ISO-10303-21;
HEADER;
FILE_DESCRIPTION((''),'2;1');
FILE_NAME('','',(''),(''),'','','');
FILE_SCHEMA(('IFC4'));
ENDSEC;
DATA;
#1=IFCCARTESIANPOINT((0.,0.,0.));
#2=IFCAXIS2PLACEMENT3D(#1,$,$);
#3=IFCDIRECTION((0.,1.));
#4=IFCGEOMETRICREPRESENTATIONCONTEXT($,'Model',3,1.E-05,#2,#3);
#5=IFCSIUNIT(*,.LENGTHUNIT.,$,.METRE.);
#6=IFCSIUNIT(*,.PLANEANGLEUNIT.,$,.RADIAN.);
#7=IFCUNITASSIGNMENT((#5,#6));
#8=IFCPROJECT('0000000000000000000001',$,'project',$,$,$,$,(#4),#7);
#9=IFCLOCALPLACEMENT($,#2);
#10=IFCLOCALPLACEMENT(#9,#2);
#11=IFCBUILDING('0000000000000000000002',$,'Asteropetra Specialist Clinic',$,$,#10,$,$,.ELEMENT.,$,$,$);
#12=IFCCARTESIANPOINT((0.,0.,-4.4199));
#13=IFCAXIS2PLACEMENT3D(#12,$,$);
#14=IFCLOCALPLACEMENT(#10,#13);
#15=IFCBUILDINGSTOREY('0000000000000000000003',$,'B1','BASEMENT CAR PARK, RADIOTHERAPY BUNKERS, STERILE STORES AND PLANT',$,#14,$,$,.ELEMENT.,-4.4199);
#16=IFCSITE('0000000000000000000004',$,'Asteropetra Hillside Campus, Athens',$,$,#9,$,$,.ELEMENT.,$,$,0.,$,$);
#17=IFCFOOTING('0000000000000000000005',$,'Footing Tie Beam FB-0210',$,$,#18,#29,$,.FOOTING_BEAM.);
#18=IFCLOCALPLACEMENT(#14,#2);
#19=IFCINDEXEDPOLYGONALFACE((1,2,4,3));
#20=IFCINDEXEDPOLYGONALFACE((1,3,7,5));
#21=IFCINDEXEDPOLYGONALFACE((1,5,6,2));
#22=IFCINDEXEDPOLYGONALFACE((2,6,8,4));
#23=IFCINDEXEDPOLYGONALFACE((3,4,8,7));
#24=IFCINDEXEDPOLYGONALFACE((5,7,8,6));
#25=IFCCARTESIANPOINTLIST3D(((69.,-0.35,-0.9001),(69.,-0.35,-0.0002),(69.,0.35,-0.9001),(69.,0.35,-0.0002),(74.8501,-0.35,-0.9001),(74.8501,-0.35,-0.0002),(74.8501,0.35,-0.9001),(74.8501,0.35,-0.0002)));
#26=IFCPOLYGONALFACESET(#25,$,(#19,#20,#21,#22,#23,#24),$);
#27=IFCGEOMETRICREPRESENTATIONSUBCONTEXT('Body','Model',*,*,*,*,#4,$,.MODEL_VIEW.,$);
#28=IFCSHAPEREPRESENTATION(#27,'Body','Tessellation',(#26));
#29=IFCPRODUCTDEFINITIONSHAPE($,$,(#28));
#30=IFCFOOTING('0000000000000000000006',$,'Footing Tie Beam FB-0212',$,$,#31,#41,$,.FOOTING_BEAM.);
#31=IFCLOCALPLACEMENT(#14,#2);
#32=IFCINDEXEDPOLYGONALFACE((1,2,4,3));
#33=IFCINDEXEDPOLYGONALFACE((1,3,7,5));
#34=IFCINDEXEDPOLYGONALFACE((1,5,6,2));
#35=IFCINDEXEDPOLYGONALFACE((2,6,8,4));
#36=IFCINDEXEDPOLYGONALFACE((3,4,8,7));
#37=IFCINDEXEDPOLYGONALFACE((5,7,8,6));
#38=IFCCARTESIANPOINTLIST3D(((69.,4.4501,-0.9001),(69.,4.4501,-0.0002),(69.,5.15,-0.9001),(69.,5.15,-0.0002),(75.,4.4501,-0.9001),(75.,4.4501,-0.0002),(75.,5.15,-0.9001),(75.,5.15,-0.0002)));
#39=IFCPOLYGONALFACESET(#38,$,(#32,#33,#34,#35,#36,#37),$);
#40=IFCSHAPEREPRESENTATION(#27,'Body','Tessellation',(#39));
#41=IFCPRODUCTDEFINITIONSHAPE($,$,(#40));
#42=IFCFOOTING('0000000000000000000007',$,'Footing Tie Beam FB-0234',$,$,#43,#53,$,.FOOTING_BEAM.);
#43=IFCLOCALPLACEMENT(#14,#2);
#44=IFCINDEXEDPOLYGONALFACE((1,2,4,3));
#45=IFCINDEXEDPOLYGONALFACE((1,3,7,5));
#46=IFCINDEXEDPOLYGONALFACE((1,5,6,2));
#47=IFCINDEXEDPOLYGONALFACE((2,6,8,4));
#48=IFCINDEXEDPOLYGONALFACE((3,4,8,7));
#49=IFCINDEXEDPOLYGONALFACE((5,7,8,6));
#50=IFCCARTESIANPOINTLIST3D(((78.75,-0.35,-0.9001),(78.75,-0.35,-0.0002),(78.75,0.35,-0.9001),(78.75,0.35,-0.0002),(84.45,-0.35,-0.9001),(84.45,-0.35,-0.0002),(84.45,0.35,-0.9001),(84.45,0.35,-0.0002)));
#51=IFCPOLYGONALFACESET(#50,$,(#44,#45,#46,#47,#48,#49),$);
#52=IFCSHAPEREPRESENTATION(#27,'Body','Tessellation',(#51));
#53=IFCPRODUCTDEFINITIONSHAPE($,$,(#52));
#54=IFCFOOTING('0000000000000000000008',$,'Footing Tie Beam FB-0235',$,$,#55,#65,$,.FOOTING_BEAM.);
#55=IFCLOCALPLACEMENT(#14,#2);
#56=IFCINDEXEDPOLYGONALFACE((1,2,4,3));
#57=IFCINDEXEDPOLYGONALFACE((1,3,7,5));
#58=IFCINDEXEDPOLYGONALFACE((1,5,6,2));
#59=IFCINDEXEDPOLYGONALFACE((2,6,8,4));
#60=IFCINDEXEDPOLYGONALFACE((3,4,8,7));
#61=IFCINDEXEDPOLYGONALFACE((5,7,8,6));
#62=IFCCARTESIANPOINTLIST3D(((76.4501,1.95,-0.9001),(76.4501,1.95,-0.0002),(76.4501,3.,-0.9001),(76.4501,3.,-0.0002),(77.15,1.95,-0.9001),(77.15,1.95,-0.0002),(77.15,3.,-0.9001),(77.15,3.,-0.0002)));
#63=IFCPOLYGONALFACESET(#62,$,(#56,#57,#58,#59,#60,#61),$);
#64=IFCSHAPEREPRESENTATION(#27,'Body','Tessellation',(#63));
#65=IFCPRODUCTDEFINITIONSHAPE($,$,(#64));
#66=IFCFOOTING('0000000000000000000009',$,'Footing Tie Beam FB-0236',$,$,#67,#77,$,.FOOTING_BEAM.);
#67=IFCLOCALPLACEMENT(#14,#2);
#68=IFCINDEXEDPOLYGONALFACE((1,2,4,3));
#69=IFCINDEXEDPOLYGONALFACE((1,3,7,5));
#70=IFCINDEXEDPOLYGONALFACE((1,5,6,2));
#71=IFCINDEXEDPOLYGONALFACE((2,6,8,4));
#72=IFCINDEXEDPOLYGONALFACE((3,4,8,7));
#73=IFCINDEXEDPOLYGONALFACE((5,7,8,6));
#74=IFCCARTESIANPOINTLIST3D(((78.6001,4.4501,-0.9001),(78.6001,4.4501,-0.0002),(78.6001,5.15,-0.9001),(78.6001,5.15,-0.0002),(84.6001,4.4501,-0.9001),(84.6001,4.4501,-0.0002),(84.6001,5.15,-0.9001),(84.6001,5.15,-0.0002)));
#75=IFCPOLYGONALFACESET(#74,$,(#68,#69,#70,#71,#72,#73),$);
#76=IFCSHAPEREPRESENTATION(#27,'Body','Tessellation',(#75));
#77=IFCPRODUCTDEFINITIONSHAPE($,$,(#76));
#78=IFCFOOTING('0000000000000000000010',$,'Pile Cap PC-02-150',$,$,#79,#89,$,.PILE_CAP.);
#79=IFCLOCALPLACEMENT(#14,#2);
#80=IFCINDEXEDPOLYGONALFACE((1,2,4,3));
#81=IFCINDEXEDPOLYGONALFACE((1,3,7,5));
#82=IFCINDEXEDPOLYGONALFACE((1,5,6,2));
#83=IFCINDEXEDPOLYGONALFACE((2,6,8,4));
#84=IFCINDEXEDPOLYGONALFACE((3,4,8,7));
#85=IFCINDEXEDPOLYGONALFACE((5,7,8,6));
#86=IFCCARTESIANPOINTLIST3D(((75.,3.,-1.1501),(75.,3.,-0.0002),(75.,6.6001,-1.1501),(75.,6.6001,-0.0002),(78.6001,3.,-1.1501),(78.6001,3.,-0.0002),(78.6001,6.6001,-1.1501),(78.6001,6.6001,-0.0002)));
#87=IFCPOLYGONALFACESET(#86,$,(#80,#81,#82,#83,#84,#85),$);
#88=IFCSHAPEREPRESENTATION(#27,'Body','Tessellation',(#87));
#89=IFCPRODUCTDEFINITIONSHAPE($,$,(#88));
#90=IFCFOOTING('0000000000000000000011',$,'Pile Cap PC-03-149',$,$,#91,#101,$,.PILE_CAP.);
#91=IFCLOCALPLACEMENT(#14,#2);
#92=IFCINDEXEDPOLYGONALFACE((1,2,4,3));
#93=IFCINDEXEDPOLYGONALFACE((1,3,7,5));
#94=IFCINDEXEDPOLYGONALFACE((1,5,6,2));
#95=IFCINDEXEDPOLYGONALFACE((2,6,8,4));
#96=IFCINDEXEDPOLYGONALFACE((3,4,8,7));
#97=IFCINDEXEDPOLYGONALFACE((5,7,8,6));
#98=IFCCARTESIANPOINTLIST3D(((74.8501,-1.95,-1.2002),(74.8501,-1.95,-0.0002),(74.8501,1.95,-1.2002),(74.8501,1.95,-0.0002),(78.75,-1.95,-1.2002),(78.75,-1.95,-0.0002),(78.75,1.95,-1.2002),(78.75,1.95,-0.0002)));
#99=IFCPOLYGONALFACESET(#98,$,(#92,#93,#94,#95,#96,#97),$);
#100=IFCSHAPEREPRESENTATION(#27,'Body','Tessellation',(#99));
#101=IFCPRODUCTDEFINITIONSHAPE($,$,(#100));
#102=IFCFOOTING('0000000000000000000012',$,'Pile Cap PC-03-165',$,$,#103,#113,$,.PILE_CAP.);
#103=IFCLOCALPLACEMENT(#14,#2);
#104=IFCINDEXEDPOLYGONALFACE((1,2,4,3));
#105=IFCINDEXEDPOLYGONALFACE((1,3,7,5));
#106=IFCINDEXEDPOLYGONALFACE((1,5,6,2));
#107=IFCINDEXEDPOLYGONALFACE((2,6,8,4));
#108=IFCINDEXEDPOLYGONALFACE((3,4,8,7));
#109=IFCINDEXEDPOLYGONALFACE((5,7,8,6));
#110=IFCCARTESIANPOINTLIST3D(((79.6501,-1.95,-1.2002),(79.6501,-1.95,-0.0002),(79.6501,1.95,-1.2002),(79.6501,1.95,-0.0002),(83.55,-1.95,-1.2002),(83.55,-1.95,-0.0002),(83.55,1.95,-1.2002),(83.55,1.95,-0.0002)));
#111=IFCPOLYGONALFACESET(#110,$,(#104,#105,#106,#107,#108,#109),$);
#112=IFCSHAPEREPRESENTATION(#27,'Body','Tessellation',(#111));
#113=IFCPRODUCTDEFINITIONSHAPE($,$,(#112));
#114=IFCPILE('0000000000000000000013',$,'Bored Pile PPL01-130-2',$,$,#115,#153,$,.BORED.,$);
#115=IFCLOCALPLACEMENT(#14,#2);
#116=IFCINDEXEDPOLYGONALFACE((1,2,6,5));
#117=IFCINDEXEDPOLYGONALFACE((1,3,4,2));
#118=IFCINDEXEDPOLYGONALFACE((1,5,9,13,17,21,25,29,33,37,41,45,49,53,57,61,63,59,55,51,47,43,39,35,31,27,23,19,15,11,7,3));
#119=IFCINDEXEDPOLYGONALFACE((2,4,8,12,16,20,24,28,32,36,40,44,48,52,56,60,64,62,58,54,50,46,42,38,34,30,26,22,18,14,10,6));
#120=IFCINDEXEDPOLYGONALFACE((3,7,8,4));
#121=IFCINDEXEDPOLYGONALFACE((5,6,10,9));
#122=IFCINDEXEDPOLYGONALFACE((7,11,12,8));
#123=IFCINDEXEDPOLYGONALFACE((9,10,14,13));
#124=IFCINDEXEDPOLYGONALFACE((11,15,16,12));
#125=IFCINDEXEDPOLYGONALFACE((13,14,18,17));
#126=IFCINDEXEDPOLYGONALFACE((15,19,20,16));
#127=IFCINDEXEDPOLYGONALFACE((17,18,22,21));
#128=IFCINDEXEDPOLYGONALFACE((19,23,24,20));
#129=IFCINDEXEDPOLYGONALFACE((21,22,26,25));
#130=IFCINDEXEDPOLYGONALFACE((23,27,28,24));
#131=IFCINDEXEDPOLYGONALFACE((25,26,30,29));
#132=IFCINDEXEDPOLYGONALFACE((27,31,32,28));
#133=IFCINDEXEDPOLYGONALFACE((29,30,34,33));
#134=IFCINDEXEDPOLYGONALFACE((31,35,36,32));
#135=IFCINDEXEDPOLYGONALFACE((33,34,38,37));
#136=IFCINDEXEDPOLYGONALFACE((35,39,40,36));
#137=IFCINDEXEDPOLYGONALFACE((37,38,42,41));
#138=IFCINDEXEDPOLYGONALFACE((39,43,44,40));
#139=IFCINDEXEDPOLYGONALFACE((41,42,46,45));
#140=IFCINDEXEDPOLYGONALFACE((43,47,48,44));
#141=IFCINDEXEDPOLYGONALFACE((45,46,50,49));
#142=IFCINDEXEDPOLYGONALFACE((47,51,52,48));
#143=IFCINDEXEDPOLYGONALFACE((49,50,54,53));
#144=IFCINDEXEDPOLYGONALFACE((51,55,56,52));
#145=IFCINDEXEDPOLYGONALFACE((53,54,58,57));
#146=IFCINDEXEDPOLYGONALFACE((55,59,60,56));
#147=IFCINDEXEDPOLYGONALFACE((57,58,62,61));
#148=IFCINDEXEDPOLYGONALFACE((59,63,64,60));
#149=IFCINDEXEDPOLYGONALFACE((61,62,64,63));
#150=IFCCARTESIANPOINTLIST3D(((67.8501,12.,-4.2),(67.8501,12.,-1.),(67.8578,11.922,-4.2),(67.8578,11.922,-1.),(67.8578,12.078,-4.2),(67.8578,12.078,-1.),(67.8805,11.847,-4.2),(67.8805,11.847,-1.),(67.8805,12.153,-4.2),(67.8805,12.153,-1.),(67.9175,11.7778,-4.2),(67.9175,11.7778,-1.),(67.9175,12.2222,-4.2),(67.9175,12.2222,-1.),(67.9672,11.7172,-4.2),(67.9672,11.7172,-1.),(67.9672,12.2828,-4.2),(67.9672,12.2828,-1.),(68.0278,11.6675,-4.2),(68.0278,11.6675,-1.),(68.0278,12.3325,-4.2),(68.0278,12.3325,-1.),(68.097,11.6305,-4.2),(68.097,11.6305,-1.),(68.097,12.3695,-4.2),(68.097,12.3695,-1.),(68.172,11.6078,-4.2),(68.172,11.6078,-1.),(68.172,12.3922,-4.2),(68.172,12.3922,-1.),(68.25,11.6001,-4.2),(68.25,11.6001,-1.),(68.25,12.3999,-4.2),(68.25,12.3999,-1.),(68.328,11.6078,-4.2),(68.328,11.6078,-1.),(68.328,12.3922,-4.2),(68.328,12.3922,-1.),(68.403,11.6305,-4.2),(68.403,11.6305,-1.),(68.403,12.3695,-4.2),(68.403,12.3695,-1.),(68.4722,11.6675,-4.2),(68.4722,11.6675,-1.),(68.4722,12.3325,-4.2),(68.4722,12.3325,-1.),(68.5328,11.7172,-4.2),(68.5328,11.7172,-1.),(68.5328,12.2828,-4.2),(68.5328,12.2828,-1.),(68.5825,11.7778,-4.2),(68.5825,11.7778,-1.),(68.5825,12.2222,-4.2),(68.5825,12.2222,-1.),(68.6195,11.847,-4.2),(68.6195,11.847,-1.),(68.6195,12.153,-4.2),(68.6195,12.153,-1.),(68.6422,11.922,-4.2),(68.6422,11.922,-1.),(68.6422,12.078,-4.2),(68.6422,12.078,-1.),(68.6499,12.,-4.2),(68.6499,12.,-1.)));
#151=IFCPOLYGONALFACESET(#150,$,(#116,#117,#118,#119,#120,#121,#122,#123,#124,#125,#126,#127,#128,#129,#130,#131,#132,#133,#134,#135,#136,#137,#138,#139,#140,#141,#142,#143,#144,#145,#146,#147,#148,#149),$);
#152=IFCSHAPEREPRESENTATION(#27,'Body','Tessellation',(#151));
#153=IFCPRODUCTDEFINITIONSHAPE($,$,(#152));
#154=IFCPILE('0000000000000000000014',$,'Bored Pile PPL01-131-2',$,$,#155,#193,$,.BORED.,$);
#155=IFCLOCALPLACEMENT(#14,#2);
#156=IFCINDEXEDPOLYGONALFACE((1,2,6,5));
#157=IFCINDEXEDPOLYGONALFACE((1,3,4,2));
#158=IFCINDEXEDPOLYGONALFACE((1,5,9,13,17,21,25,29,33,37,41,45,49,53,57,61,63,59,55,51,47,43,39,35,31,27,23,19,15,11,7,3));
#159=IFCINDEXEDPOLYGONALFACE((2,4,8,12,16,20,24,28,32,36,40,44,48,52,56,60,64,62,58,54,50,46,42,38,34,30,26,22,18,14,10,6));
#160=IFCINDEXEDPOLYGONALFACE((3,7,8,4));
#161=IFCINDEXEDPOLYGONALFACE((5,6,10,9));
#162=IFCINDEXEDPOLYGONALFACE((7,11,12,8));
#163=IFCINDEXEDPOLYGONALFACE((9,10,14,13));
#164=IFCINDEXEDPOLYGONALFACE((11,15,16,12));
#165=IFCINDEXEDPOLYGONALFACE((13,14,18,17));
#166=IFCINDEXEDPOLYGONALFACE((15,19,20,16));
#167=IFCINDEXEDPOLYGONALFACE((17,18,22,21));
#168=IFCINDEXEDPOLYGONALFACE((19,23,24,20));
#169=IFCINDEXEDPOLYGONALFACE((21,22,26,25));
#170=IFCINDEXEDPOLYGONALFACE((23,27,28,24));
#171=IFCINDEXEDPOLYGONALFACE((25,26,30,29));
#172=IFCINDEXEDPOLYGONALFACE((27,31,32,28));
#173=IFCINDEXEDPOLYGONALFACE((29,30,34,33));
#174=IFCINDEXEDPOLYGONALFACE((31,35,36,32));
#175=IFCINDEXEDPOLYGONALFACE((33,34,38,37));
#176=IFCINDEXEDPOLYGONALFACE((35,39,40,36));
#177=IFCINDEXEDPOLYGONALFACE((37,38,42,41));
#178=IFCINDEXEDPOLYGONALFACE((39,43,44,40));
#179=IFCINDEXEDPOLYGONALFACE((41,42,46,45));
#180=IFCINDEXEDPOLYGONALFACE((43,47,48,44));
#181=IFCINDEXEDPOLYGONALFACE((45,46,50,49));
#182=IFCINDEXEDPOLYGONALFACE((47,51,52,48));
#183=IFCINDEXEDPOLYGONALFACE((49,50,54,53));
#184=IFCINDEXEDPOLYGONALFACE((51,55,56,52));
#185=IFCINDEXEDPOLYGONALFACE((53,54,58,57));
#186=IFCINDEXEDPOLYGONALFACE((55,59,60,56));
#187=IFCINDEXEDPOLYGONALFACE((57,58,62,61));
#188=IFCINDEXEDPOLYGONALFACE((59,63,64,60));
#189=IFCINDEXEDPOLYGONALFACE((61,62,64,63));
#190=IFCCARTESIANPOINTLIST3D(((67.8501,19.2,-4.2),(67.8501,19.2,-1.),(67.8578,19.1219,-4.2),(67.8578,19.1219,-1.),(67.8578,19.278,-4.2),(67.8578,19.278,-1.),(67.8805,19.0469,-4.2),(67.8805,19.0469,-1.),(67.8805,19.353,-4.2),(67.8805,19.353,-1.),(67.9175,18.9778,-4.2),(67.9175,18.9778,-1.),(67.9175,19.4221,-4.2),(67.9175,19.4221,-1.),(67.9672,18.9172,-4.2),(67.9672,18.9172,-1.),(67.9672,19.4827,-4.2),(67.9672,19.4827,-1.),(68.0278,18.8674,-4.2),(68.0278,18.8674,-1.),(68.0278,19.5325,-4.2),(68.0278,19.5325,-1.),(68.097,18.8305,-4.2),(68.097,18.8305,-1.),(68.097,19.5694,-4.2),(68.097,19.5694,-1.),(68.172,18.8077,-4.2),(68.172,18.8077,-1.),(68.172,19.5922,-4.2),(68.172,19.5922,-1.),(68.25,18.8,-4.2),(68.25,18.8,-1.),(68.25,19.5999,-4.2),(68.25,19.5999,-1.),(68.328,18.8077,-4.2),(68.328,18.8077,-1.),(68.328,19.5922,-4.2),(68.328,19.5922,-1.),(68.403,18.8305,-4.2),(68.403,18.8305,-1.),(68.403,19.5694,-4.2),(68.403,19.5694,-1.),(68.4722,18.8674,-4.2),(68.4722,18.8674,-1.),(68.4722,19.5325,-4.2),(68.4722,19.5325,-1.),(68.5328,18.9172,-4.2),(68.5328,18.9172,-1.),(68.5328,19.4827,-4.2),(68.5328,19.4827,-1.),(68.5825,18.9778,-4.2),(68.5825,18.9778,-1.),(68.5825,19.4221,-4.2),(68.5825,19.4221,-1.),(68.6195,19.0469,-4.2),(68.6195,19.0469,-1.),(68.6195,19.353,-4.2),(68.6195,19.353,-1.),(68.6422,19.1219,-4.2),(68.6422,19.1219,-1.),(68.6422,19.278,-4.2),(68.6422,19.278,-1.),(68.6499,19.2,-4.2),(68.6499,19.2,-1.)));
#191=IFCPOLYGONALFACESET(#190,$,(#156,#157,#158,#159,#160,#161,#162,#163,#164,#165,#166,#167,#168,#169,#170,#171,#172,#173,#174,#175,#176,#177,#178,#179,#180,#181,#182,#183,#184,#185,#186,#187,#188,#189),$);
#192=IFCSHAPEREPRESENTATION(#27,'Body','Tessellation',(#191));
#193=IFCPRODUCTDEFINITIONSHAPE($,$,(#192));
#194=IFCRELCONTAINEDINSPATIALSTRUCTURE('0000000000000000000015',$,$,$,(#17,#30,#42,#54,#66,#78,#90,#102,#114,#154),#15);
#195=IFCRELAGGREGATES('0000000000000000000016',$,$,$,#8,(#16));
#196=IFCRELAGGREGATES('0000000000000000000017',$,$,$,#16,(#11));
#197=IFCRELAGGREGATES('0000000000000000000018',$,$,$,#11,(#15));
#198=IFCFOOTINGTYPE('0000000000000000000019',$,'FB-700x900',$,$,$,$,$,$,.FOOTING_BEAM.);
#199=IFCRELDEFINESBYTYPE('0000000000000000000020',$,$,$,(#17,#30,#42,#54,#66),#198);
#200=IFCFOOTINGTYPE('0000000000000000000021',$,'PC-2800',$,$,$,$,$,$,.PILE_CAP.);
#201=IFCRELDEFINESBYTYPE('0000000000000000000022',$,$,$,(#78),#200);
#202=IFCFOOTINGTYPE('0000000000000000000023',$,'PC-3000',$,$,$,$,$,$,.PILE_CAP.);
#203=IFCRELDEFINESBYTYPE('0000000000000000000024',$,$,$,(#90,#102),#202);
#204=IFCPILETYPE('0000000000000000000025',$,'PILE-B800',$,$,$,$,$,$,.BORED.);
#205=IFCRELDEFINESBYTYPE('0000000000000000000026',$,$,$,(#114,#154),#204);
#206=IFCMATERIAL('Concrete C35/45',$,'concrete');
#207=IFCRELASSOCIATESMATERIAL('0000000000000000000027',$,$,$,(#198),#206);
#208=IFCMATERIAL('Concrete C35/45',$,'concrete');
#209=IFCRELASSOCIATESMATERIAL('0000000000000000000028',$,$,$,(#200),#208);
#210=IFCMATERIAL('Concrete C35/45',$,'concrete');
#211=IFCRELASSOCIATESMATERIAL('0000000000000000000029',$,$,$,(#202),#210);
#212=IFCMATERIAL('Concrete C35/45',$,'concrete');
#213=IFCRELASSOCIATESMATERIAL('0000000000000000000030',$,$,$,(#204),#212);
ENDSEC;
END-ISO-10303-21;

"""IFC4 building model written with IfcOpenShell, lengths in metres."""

from ifc_helpers import new_model, si_unit, direction, frame, origin, origin_2d, place, context, subcontext, project, spatial, rectangle, circle, extrude, material, material_profile, profile_set, type_object, element, save


model = new_model("IFC4")

# Units and contexts
model_context = context("Model", 3, precision=1e-05, world=origin(), true_north=direction((0.0, 1.0)))
body_context = subcontext(model_context, "Body", "Model", "MODEL_VIEW")
ifc_project = project(units=[si_unit("LENGTHUNIT", "METRE"), si_unit("PLANEANGLEUNIT", "RADIAN")], contexts=[model_context])

# Site, building, storey
site_placement = place(None, origin())
site = spatial("IfcSite", under=ifc_project, at=site_placement, Name="Asteropetra Hillside Campus, Athens", CompositionType="ELEMENT", RefElevation=0.0)
building_placement = place(site_placement, origin())
building = spatial("IfcBuilding", under=site, at=building_placement, Name="Asteropetra Specialist Clinic", CompositionType="ELEMENT")
storey_placement = place(building_placement, frame((0.0, 0.0, -4.4199)))
storey = spatial("IfcBuildingStorey", under=building, at=storey_placement, Name="B1", Description="BASEMENT CAR PARK, RADIOTHERAPY BUNKERS, STERILE STORES AND PLANT", CompositionType="ELEMENT", Elevation=-4.4199)

# Footings
ifc_material_1 = material(Name="Concrete C35/45", Category="concrete")
ifc_material_profile_1 = material_profile(ifc_material_1, rectangle(XDim=0.7, YDim=0.8999, at=origin_2d()), Name="FB 700x900")
ifc_profile_set_1 = profile_set([ifc_material_profile_1], Name="Concrete C35/45")
footing_type_1 = type_object("IfcFootingType", Name="FB-700x900", PredefinedType="FOOTING_BEAM", material=ifc_profile_set_1)
footing_1_placement = place(storey_placement, frame((69.0, 0.0, -0.4502), z_axis=(1.0, 0.0, 0.0), x_axis=(0.0, 1.0, 0.0)))
element("IfcFooting", 1, at=footing_1_placement, inside=storey, type_object=footing_type_1, Name="Footing Tie Beam FB-0210", PredefinedType="FOOTING_BEAM", context=body_context, shape_type="SweptSolid", body=[
    extrude(rectangle(XDim=0.7, YDim=0.8999, at=origin_2d()), origin(), (0.0, 0.0, 1.0), 5.8501),
])
footing_2_placement = place(storey_placement, frame((69.0, 4.8, -0.4502), z_axis=(1.0, 0.0, 0.0), x_axis=(0.0, 1.0, 0.0)))
element("IfcFooting", 2, at=footing_2_placement, inside=storey, type_object=footing_type_1, Name="Footing Tie Beam FB-0212", PredefinedType="FOOTING_BEAM", context=body_context, shape_type="SweptSolid", body=[
    extrude(rectangle(XDim=0.7, YDim=0.8999, at=origin_2d()), origin(), (0.0, 0.0, 1.0), 6.0),
])
footing_3_placement = place(storey_placement, frame((78.75, 0.0, -0.4502), z_axis=(1.0, 0.0, 0.0), x_axis=(0.0, 1.0, 0.0)))
element("IfcFooting", 3, at=footing_3_placement, inside=storey, type_object=footing_type_1, Name="Footing Tie Beam FB-0234", PredefinedType="FOOTING_BEAM", context=body_context, shape_type="SweptSolid", body=[
    extrude(rectangle(XDim=0.7, YDim=0.8999, at=origin_2d()), origin(), (0.0, 0.0, 1.0), 5.7),
])
footing_4_placement = place(storey_placement, frame((76.8, 1.95, -0.4502), z_axis=(0.0, 1.0, 0.0), x_axis=(-1.0, 0.0, 0.0)))
element("IfcFooting", 4, at=footing_4_placement, inside=storey, type_object=footing_type_1, Name="Footing Tie Beam FB-0235", PredefinedType="FOOTING_BEAM", context=body_context, shape_type="SweptSolid", body=[
    extrude(rectangle(XDim=0.7, YDim=0.8999, at=origin_2d()), origin(), (0.0, 0.0, 1.0), 1.05),
])
footing_5_placement = place(storey_placement, frame((78.6001, 4.8, -0.4502), z_axis=(1.0, 0.0, 0.0), x_axis=(0.0, 1.0, 0.0)))
element("IfcFooting", 5, at=footing_5_placement, inside=storey, type_object=footing_type_1, Name="Footing Tie Beam FB-0236", PredefinedType="FOOTING_BEAM", context=body_context, shape_type="SweptSolid", body=[
    extrude(rectangle(XDim=0.7, YDim=0.8999, at=origin_2d()), origin(), (0.0, 0.0, 1.0), 6.0),
])
ifc_material_2 = material(Name="Concrete C35/45", Category="concrete")
footing_type_2 = type_object("IfcFootingType", Name="PC-2800", PredefinedType="PILE_CAP", material=ifc_material_2)
footing_6_placement = place(storey_placement, frame((76.8, 4.8, -1.1501), z_axis=(0.0, 0.0, 1.0), x_axis=(1.0, 0.0, 0.0)))
element("IfcFooting", 6, at=footing_6_placement, inside=storey, type_object=footing_type_2, Name="Pile Cap PC-02-150", PredefinedType="PILE_CAP", context=body_context, shape_type="SweptSolid", body=[
    extrude(rectangle(XDim=3.6001, YDim=3.6001, at=origin_2d()), origin(), (0.0, 0.0, 1.0), 1.1499),
])
ifc_material_3 = material(Name="Concrete C35/45", Category="concrete")
footing_type_3 = type_object("IfcFootingType", Name="PC-3000", PredefinedType="PILE_CAP", material=ifc_material_3)
for number, where, z_axis, x_axis, name in (
    (7, (76.8, 0.0, -1.2002), (0.0, 0.0, 1.0), (1.0, 0.0, 0.0), "Pile Cap PC-03-149"),
    (8, (81.6001, 0.0, -1.2002), (0.0, 0.0, 1.0), (1.0, 0.0, 0.0), "Pile Cap PC-03-165"),
):
    element("IfcFooting", number, at=place(storey_placement, frame(where, z_axis=z_axis, x_axis=x_axis)), inside=storey, type_object=footing_type_3, Name=name, PredefinedType="PILE_CAP", context=body_context, shape_type="SweptSolid", body=[
        extrude(rectangle(XDim=3.8999, YDim=3.8999, at=origin_2d()), origin(), (0.0, 0.0, 1.0), 1.2),
    ])

# Piles
ifc_material_4 = material(Name="Concrete C35/45", Category="concrete")
ifc_material_profile_2 = material_profile(ifc_material_4, circle(Radius=0.3999, at=origin_2d()), Name="PILE D800")
ifc_profile_set_2 = profile_set([ifc_material_profile_2], Name="Concrete C35/45")
pile_type_1 = type_object("IfcPileType", Name="PILE-B800", PredefinedType="BORED", material=ifc_profile_set_2)
for number, where, z_axis, x_axis, name in (
    (9, (68.25, 12.0, -1.0), (0.0, 0.0, -1.0), (1.0, 0.0, 0.0), "Bored Pile PPL01-130-2"),
    (10, (68.25, 19.2, -1.0), (0.0, 0.0, -1.0), (1.0, 0.0, 0.0), "Bored Pile PPL01-131-2"),
):
    element("IfcPile", number, at=place(storey_placement, frame(where, z_axis=z_axis, x_axis=x_axis)), inside=storey, type_object=pile_type_1, Name=name, PredefinedType="BORED", context=body_context, shape_type="SweptSolid", body=[
        extrude(circle(Radius=0.3999, at=origin_2d()), origin(), (0.0, 0.0, 1.0), 3.2),
    ])

save(model, "model.ifc")
